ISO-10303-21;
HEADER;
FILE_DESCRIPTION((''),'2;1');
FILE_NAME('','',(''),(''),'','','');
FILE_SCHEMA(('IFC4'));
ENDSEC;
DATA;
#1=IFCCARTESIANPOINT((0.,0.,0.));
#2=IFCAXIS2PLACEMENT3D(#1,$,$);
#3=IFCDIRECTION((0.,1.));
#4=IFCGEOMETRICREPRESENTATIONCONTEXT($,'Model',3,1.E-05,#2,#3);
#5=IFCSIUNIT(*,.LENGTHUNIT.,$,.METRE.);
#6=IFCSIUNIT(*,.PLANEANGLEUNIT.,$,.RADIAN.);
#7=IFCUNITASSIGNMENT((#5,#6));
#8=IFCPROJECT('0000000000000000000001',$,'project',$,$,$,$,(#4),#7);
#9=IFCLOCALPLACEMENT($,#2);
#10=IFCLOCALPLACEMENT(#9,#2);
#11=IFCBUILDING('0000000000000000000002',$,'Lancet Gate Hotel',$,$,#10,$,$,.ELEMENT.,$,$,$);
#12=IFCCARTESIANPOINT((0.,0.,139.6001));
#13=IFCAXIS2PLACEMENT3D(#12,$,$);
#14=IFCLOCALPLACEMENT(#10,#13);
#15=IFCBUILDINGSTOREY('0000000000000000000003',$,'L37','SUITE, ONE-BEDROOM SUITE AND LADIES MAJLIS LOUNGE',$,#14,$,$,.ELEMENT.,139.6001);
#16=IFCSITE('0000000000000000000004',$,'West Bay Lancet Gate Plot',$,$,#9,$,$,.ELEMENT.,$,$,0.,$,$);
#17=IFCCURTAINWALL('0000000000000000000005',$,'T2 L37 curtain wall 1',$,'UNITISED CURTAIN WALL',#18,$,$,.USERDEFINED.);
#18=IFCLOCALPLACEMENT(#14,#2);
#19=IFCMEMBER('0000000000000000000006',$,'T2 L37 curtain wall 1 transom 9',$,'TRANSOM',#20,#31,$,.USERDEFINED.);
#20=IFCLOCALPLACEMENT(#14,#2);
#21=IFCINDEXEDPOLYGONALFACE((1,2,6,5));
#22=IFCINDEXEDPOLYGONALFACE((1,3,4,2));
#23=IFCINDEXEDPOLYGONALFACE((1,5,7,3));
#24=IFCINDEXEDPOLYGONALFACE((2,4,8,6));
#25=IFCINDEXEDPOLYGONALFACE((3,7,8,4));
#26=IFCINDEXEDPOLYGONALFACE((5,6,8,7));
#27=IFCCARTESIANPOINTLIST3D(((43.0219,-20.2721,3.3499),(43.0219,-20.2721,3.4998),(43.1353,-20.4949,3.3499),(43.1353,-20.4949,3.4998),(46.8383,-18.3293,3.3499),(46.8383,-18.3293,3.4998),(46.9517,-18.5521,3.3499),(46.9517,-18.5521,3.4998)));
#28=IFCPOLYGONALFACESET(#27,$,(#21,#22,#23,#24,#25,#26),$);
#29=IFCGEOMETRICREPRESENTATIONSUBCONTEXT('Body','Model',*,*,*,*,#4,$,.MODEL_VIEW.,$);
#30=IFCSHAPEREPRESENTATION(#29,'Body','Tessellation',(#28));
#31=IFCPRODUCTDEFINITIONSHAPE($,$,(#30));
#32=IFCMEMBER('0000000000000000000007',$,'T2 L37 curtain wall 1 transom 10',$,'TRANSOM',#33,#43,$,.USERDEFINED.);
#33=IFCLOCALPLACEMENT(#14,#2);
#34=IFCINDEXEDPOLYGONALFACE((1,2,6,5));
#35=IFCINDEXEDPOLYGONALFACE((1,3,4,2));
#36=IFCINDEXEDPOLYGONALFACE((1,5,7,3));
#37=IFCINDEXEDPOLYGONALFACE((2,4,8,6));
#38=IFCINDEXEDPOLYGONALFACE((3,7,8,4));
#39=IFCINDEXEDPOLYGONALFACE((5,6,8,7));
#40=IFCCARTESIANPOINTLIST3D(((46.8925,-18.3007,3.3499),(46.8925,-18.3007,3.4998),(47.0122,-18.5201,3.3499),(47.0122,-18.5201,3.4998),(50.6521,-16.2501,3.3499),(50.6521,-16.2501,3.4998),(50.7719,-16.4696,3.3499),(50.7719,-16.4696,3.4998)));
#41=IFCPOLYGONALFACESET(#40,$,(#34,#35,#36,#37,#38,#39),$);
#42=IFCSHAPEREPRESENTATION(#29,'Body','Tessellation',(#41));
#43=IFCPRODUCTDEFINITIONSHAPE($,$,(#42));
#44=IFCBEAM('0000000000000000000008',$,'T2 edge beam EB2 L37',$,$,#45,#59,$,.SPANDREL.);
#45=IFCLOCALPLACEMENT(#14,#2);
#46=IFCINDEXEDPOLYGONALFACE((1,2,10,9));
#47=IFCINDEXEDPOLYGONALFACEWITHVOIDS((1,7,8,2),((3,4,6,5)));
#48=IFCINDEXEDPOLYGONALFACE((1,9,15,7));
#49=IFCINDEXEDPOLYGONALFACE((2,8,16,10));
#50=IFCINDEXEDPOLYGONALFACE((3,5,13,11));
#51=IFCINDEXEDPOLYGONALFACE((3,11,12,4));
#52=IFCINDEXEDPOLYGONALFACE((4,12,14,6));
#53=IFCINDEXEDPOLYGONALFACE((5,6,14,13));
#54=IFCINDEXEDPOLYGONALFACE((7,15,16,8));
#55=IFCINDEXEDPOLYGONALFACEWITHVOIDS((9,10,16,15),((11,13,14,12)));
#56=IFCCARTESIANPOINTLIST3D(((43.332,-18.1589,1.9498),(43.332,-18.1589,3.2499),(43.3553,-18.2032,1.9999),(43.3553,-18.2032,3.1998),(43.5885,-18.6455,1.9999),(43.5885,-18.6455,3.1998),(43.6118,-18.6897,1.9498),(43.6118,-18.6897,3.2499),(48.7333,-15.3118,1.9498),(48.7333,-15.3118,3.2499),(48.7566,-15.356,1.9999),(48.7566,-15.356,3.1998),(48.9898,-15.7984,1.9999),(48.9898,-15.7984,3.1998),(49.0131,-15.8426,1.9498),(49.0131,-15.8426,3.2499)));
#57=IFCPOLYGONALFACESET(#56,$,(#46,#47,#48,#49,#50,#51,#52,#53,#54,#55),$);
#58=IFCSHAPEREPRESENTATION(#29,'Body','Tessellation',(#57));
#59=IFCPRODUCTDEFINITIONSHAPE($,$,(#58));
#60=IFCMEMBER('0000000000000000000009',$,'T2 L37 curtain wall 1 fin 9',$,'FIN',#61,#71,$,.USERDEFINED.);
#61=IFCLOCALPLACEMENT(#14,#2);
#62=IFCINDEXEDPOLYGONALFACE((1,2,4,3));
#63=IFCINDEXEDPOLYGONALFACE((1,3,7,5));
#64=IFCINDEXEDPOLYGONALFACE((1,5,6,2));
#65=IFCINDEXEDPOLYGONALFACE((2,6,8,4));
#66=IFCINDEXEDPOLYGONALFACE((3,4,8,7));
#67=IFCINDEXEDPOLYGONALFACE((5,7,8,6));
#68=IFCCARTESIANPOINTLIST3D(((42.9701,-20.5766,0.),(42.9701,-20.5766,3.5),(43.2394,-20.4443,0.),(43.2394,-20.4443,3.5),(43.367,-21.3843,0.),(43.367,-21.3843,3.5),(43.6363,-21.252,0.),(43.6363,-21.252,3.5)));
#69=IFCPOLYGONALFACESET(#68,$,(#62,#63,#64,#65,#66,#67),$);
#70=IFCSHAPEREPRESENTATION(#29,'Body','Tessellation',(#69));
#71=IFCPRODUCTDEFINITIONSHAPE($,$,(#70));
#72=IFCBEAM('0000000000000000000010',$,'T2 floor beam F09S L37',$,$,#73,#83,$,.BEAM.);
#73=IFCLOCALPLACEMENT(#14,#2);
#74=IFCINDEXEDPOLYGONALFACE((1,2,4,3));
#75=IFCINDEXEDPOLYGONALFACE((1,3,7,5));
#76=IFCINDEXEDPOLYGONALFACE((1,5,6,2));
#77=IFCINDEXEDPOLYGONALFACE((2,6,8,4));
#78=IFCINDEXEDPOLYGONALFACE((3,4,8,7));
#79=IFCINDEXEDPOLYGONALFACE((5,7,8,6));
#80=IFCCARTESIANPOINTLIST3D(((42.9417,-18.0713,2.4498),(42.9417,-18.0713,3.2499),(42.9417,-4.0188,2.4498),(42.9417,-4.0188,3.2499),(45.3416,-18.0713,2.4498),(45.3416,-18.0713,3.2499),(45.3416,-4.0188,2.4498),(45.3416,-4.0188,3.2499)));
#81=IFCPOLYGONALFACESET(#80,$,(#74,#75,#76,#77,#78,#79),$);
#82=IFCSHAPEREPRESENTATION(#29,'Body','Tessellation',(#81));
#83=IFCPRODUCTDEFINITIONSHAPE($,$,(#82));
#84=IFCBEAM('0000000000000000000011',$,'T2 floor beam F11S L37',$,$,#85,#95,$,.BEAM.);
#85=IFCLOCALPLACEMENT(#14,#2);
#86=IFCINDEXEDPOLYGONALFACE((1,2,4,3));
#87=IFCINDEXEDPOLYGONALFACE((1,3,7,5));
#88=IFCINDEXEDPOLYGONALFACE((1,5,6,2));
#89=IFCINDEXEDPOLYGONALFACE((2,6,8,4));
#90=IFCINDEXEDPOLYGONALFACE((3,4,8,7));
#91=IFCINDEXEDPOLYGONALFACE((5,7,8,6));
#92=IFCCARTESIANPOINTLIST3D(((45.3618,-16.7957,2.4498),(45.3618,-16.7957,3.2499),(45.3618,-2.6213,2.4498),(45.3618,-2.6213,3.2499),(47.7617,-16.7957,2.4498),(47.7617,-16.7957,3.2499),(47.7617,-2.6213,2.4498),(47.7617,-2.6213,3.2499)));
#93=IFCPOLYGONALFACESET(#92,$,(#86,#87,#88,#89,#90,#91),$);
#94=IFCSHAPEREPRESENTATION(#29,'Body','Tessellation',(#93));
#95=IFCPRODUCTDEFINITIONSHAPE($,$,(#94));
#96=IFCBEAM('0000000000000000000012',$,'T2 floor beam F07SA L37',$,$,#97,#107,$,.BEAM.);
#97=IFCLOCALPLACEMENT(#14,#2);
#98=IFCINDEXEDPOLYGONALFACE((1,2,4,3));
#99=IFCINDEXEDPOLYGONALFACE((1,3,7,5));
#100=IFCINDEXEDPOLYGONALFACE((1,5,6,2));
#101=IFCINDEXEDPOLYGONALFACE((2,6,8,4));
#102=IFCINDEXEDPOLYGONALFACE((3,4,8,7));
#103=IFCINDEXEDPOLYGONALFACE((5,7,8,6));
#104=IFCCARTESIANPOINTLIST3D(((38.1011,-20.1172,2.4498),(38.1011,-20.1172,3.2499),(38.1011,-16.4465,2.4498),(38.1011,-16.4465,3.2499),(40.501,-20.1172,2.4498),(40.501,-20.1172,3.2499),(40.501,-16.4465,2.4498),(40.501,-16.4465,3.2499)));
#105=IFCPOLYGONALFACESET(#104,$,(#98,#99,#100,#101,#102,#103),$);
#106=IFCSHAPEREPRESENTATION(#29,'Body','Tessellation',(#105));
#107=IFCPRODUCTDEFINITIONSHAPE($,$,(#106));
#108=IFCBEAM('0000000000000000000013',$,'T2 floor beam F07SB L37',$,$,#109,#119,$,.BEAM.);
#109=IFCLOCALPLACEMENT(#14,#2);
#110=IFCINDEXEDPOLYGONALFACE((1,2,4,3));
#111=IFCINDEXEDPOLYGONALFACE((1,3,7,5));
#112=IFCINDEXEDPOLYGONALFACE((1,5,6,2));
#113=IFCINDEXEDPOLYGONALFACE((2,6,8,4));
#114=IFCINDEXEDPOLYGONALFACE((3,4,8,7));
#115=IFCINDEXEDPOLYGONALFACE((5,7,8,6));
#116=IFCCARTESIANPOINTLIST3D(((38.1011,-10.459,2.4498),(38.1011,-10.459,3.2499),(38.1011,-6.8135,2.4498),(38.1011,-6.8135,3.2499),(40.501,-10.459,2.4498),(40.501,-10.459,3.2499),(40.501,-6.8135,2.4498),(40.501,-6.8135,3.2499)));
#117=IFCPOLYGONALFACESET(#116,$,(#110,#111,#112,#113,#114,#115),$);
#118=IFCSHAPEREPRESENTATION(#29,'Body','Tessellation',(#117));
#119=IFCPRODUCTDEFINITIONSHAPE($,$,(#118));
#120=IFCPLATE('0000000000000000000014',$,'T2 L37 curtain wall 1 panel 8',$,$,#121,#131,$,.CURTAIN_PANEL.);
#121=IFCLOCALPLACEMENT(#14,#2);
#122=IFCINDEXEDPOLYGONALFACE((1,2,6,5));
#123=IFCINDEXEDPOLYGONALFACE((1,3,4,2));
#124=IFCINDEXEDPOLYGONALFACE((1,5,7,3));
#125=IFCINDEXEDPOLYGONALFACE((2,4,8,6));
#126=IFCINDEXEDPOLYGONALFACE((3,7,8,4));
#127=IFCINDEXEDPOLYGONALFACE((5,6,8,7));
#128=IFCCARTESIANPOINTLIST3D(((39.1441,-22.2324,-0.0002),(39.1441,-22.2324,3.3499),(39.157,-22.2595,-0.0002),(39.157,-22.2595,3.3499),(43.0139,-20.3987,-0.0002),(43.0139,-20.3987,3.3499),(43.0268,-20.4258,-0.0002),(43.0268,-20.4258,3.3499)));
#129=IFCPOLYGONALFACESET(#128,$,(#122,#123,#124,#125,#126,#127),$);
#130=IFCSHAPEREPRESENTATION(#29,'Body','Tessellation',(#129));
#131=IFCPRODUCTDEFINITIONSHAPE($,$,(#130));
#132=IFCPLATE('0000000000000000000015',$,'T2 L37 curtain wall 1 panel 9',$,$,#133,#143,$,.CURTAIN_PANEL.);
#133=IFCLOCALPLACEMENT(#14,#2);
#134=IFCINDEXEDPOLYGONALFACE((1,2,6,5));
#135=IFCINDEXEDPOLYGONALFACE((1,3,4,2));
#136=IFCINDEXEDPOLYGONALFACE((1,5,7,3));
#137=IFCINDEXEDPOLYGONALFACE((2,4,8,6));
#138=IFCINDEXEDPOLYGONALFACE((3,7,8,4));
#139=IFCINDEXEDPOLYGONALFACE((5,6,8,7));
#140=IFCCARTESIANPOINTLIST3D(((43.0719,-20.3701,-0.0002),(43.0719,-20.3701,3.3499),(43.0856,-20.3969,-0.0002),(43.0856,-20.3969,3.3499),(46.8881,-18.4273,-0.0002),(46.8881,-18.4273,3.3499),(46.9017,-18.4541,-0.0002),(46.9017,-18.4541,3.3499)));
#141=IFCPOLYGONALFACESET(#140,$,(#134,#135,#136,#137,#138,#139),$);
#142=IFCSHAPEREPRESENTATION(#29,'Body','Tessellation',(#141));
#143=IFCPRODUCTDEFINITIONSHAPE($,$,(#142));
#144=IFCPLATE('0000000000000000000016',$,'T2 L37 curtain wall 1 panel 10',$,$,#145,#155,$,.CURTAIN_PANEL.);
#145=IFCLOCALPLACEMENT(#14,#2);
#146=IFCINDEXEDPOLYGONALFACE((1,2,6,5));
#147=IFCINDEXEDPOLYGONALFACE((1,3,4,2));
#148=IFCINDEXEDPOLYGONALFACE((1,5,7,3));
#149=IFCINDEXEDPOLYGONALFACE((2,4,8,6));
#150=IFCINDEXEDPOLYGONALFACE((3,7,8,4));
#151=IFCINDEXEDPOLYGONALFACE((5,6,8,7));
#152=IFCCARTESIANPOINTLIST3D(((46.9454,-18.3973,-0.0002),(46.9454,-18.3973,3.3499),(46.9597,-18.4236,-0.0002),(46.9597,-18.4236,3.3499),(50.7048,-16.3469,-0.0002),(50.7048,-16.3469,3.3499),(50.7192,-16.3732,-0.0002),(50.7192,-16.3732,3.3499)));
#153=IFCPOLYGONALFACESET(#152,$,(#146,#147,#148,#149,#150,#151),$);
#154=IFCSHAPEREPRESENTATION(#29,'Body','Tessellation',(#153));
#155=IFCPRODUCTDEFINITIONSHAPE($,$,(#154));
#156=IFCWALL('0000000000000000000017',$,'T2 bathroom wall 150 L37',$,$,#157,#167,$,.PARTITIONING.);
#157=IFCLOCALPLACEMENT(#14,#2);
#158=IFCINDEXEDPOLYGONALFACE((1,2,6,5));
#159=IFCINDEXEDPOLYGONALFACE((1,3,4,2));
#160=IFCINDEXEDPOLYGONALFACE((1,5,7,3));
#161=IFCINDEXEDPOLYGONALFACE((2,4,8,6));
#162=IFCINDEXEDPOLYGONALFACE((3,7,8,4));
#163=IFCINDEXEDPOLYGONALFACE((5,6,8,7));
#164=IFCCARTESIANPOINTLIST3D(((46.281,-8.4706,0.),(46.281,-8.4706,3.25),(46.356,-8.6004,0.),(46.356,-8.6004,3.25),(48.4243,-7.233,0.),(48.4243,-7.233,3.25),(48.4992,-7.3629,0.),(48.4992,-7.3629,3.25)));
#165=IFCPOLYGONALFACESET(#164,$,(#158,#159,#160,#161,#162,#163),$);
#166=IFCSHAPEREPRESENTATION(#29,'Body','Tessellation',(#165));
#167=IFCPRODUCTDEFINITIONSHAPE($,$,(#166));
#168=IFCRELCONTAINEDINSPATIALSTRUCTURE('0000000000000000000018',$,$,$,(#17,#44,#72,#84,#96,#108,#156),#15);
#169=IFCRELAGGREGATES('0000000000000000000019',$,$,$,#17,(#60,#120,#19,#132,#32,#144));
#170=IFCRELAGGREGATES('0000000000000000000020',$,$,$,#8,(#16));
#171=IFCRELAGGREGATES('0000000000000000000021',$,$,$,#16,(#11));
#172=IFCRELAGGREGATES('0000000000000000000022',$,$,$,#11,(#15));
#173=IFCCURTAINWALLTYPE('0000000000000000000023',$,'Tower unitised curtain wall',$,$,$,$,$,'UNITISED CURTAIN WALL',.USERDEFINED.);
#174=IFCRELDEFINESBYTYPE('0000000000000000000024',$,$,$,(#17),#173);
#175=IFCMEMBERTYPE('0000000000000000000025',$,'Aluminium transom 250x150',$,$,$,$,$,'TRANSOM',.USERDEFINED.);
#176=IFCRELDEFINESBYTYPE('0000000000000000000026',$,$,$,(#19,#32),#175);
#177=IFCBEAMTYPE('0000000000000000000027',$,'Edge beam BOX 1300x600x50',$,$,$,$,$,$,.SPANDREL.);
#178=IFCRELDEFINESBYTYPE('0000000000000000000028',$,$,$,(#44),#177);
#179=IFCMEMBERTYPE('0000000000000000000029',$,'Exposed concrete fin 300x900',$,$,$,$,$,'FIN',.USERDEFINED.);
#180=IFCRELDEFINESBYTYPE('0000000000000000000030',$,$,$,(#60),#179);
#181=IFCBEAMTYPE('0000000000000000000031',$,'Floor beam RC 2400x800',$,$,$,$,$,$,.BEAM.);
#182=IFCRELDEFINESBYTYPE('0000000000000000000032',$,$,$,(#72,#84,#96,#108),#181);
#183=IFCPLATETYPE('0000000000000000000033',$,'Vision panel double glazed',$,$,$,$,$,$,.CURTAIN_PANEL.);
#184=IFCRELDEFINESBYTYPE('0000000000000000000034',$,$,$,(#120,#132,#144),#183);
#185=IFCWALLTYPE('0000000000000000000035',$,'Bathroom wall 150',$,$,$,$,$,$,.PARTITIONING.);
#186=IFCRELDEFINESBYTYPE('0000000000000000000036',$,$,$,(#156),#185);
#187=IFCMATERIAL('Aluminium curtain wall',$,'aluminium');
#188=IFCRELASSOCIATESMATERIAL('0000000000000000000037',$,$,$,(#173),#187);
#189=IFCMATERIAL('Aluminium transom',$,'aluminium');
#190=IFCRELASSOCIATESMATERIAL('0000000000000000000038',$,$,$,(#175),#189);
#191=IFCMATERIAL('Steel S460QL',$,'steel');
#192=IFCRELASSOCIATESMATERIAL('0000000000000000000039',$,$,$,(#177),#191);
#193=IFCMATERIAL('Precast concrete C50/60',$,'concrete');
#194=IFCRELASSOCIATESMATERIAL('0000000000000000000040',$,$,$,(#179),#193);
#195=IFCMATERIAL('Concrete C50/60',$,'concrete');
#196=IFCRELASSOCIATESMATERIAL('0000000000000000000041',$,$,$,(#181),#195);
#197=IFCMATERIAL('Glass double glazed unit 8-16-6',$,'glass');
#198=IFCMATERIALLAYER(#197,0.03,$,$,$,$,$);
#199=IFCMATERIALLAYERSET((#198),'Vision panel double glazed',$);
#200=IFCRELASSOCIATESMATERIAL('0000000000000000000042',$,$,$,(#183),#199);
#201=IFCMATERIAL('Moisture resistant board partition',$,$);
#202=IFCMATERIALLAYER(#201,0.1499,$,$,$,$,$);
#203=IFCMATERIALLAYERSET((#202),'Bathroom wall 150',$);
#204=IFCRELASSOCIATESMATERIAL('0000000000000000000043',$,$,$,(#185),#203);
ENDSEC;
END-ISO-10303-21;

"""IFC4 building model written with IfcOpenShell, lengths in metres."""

from ifc_helpers import new_model, si_unit, direction, frame, frame_2d, origin, origin_2d, place, context, subcontext, project, spatial, rectangle, hollow_rectangle, extrude, material, layer, layer_set, material_profile, profile_set, type_object, element, aggregate, save


model = new_model("IFC4")

# Units and contexts
model_context = context("Model", 3, precision=1e-05, world=origin(), true_north=direction((0.0, 1.0)))
body_context = subcontext(model_context, "Body", "Model", "MODEL_VIEW")
ifc_project = project(units=[si_unit("LENGTHUNIT", "METRE"), si_unit("PLANEANGLEUNIT", "RADIAN")], contexts=[model_context])

# Site, building, storey
site_placement = place(None, origin())
site = spatial("IfcSite", under=ifc_project, at=site_placement, Name="West Bay Lancet Gate Plot", CompositionType="ELEMENT", RefElevation=0.0)
building_placement = place(site_placement, origin())
building = spatial("IfcBuilding", under=site, at=building_placement, Name="Lancet Gate Hotel", CompositionType="ELEMENT")
storey_placement = place(building_placement, frame((0.0, 0.0, 139.6001)))
storey = spatial("IfcBuildingStorey", under=building, at=storey_placement, Name="L37", Description="SUITE, ONE-BEDROOM SUITE AND LADIES MAJLIS LOUNGE", CompositionType="ELEMENT", Elevation=139.6001)

# Curtain wall, members
ifc_material_1 = material(Name="Aluminium curtain wall", Category="aluminium")
curtain_wall_type = type_object("IfcCurtainWallType", Name="Tower unitised curtain wall", ElementType="UNITISED CURTAIN WALL", PredefinedType="USERDEFINED", material=ifc_material_1)
curtain_wall_placement = place(storey_placement, origin())
curtain_wall = element("IfcCurtainWall", 1, at=curtain_wall_placement, inside=storey, type_object=curtain_wall_type, Name="T2 L37 curtain wall 1", ObjectType="UNITISED CURTAIN WALL", PredefinedType="USERDEFINED")
ifc_material_2 = material(Name="Aluminium transom", Category="aluminium")
ifc_material_profile_1 = material_profile(ifc_material_2, rectangle(XDim=0.25, YDim=0.1499, at=origin_2d()), Name="TRANSOM 250x150")
ifc_profile_set_1 = profile_set([ifc_material_profile_1], Name="Aluminium transom")
member_type_1 = type_object("IfcMemberType", Name="Aluminium transom 250x150", ElementType="TRANSOM", PredefinedType="USERDEFINED", material=ifc_profile_set_1)
member_1_placement = place(storey_placement, frame((43.0786, -20.3835, 3.4248), z_axis=(0.891166, 0.453678, 0.0), x_axis=(-0.453678, 0.891166, 0.0)))
member_1 = element("IfcMember", 2, at=member_1_placement, type_object=member_type_1, Name="T2 L37 curtain wall 1 transom 9", ObjectType="TRANSOM", PredefinedType="USERDEFINED", context=body_context, shape_type="SweptSolid", body=[
    extrude(rectangle(XDim=0.25, YDim=0.1499, at=origin_2d()), origin(), (0.0, 0.0, 1.0), 4.2825),
])
member_2_placement = place(storey_placement, frame((46.9524, -18.4104, 3.4248), z_axis=(0.877906, 0.478832, 0.0), x_axis=(-0.478832, 0.877906, 0.0)))
member_2 = element("IfcMember", 3, at=member_2_placement, type_object=member_type_1, Name="T2 L37 curtain wall 1 transom 10", ObjectType="TRANSOM", PredefinedType="USERDEFINED", context=body_context, shape_type="SweptSolid", body=[
    extrude(rectangle(XDim=0.25, YDim=0.1499, at=origin_2d()), origin(), (0.0, 0.0, 1.0), 4.2825),
])

# Beam
ifc_material_3 = material(Name="Steel S460QL", Category="steel")
ifc_material_profile_2 = material_profile(ifc_material_3, hollow_rectangle(XDim=0.6001, YDim=1.3, WallThickness=0.05, at=origin_2d()), Name="BOX 1300x600x50")
ifc_profile_set_2 = profile_set([ifc_material_profile_2], Name="Steel S460QL")
beam_type_1 = type_object("IfcBeamType", Name="Edge beam BOX 1300x600x50", PredefinedType="SPANDREL", material=ifc_profile_set_2)
beam_1_placement = place(storey_placement, frame((43.4719, -18.4243, 2.5999), z_axis=(0.884625, 0.466303, 0.0), x_axis=(-0.466303, 0.884625, 0.0)))
element("IfcBeam", 4, at=beam_1_placement, inside=storey, type_object=beam_type_1, Name="T2 edge beam EB2 L37", PredefinedType="SPANDREL", context=body_context, shape_type="SweptSolid", body=[
    extrude(hollow_rectangle(XDim=0.6001, YDim=1.3, WallThickness=0.05, at=origin_2d()), origin(), (0.0, 0.0, 1.0), 6.1057),
])

# Member
ifc_material_4 = material(Name="Precast concrete C50/60", Category="concrete")
ifc_material_profile_3 = material_profile(ifc_material_4, rectangle(XDim=0.3, YDim=0.8999, at=origin_2d()), Name="FIN 300x900")
ifc_profile_set_3 = profile_set([ifc_material_profile_3], Name="Precast concrete C50/60")
member_type_2 = type_object("IfcMemberType", Name="Exposed concrete fin 300x900", ElementType="FIN", PredefinedType="USERDEFINED", material=ifc_profile_set_3)
member_3_placement = place(storey_placement, frame((43.3032, -20.9143, 0.0), z_axis=(0.0, 0.0, 1.0), x_axis=(0.897512, 0.44099, 0.0)))
member_3 = element("IfcMember", 5, at=member_3_placement, type_object=member_type_2, Name="T2 L37 curtain wall 1 fin 9", ObjectType="FIN", PredefinedType="USERDEFINED", context=body_context, shape_type="SweptSolid", body=[
    extrude(rectangle(XDim=0.3, YDim=0.8999, at=origin_2d()), origin(), (0.0, 0.0, 1.0), 3.5),
])

# Beams
ifc_material_5 = material(Name="Concrete C50/60", Category="concrete")
ifc_material_profile_4 = material_profile(ifc_material_5, rectangle(XDim=2.3999, YDim=0.8, at=origin_2d()), Name="RC 2400x800")
ifc_profile_set_4 = profile_set([ifc_material_profile_4], Name="Concrete C50/60")
beam_type_2 = type_object("IfcBeamType", Name="Floor beam RC 2400x800", PredefinedType="BEAM", material=ifc_profile_set_4)
beam_2_placement = place(storey_placement, frame((44.1416, -18.0713, 2.8499), z_axis=(0.0, 1.0, 0.0), x_axis=(-1.0, 0.0, 0.0)))
element("IfcBeam", 6, at=beam_2_placement, inside=storey, type_object=beam_type_2, Name="T2 floor beam F09S L37", PredefinedType="BEAM", context=body_context, shape_type="SweptSolid", body=[
    extrude(rectangle(XDim=2.3999, YDim=0.8, at=origin_2d()), origin(), (0.0, 0.0, 1.0), 14.0525),
])
beam_3_placement = place(storey_placement, frame((46.5618, -16.7957, 2.8499), z_axis=(0.0, 1.0, 0.0), x_axis=(-1.0, 0.0, 0.0)))
element("IfcBeam", 7, at=beam_3_placement, inside=storey, type_object=beam_type_2, Name="T2 floor beam F11S L37", PredefinedType="BEAM", context=body_context, shape_type="SweptSolid", body=[
    extrude(rectangle(XDim=2.3999, YDim=0.8, at=origin_2d()), origin(), (0.0, 0.0, 1.0), 14.1743),
])
beam_4_placement = place(storey_placement, frame((39.301, -20.1172, 2.8499), z_axis=(0.0, 1.0, 0.0), x_axis=(-1.0, 0.0, 0.0)))
element("IfcBeam", 8, at=beam_4_placement, inside=storey, type_object=beam_type_2, Name="T2 floor beam F07SA L37", PredefinedType="BEAM", context=body_context, shape_type="SweptSolid", body=[
    extrude(rectangle(XDim=2.3999, YDim=0.8, at=origin_2d()), origin(), (0.0, 0.0, 1.0), 3.6707),
])
beam_5_placement = place(storey_placement, frame((39.301, -10.459, 2.8499), z_axis=(0.0, 1.0, 0.0), x_axis=(-1.0, 0.0, 0.0)))
element("IfcBeam", 9, at=beam_5_placement, inside=storey, type_object=beam_type_2, Name="T2 floor beam F07SB L37", PredefinedType="BEAM", context=body_context, shape_type="SweptSolid", body=[
    extrude(rectangle(XDim=2.3999, YDim=0.8, at=origin_2d()), origin(), (0.0, 0.0, 1.0), 3.6455),
])

# Plates
ifc_material_6 = material(Name="Glass double glazed unit 8-16-6", Category="glass")
ifc_layer_1 = layer(ifc_material_6, 0.03)
ifc_layer_set_1 = layer_set([ifc_layer_1], Name="Vision panel double glazed")
plate_type = type_object("IfcPlateType", Name="Vision panel double glazed", PredefinedType="CURTAIN_PANEL", material=ifc_layer_set_1)
plate_1_placement = place(storey_placement, frame((41.0854, -21.3291, -0.0002), z_axis=(0.0, 0.0, 1.0), x_axis=(0.903683, 0.428201, 0.0)))
plate_1 = element("IfcPlate", 10, at=plate_1_placement, type_object=plate_type, Name="T2 L37 curtain wall 1 panel 8", PredefinedType="CURTAIN_PANEL", context=body_context, shape_type="SweptSolid", body=[
    extrude(rectangle(XDim=4.2822, YDim=0.03, at=origin_2d()), origin(), (0.0, 0.0, 1.0), 3.3501),
])
plate_2_placement = place(storey_placement, frame((44.9868, -19.4121, -0.0002), z_axis=(0.0, 0.0, 1.0), x_axis=(0.891159, 0.45369, 0.0)))
plate_2 = element("IfcPlate", 11, at=plate_2_placement, type_object=plate_type, Name="T2 L37 curtain wall 1 panel 9", PredefinedType="CURTAIN_PANEL", context=body_context, shape_type="SweptSolid", body=[
    extrude(rectangle(XDim=4.2822, YDim=0.03, at=origin_2d()), origin(), (0.0, 0.0, 1.0), 3.3501),
])
plate_3_placement = place(storey_placement, frame((48.8323, -17.3853, -0.0002), z_axis=(0.0, 0.0, 1.0), x_axis=(0.877916, 0.478814, 0.0)))
plate_3 = element("IfcPlate", 12, at=plate_3_placement, type_object=plate_type, Name="T2 L37 curtain wall 1 panel 10", PredefinedType="CURTAIN_PANEL", context=body_context, shape_type="SweptSolid", body=[
    extrude(rectangle(XDim=4.2822, YDim=0.03, at=origin_2d()), origin(), (0.0, 0.0, 1.0), 3.3501),
])
aggregate(curtain_wall, [member_3, plate_1, member_1, plate_2, member_2, plate_3])

# Wall
ifc_material_7 = material(Name="Moisture resistant board partition")
ifc_layer_2 = layer(ifc_material_7, 0.1499)
ifc_layer_set_2 = layer_set([ifc_layer_2], Name="Bathroom wall 150")
wall_type_1 = type_object("IfcWallType", Name="Bathroom wall 150", PredefinedType="PARTITIONING", material=ifc_layer_set_2)
wall_1_placement = place(storey_placement, frame((46.3186, -8.5354, 0.0), z_axis=(0.0, 0.0, 1.0), x_axis=(0.866007, 0.500033, 0.0)))
element("IfcWall", 13, at=wall_1_placement, inside=storey, type_object=wall_type_1, Name="T2 bathroom wall 150 L37", PredefinedType="PARTITIONING", context=body_context, shape_type="SweptSolid", body=[
    extrude(rectangle(XDim=2.4749, YDim=0.1499, at=frame_2d((1.2373, 0.0))), origin(), (0.0, 0.0, 1.0), 3.25),
])

save(model, "model.ifc")
